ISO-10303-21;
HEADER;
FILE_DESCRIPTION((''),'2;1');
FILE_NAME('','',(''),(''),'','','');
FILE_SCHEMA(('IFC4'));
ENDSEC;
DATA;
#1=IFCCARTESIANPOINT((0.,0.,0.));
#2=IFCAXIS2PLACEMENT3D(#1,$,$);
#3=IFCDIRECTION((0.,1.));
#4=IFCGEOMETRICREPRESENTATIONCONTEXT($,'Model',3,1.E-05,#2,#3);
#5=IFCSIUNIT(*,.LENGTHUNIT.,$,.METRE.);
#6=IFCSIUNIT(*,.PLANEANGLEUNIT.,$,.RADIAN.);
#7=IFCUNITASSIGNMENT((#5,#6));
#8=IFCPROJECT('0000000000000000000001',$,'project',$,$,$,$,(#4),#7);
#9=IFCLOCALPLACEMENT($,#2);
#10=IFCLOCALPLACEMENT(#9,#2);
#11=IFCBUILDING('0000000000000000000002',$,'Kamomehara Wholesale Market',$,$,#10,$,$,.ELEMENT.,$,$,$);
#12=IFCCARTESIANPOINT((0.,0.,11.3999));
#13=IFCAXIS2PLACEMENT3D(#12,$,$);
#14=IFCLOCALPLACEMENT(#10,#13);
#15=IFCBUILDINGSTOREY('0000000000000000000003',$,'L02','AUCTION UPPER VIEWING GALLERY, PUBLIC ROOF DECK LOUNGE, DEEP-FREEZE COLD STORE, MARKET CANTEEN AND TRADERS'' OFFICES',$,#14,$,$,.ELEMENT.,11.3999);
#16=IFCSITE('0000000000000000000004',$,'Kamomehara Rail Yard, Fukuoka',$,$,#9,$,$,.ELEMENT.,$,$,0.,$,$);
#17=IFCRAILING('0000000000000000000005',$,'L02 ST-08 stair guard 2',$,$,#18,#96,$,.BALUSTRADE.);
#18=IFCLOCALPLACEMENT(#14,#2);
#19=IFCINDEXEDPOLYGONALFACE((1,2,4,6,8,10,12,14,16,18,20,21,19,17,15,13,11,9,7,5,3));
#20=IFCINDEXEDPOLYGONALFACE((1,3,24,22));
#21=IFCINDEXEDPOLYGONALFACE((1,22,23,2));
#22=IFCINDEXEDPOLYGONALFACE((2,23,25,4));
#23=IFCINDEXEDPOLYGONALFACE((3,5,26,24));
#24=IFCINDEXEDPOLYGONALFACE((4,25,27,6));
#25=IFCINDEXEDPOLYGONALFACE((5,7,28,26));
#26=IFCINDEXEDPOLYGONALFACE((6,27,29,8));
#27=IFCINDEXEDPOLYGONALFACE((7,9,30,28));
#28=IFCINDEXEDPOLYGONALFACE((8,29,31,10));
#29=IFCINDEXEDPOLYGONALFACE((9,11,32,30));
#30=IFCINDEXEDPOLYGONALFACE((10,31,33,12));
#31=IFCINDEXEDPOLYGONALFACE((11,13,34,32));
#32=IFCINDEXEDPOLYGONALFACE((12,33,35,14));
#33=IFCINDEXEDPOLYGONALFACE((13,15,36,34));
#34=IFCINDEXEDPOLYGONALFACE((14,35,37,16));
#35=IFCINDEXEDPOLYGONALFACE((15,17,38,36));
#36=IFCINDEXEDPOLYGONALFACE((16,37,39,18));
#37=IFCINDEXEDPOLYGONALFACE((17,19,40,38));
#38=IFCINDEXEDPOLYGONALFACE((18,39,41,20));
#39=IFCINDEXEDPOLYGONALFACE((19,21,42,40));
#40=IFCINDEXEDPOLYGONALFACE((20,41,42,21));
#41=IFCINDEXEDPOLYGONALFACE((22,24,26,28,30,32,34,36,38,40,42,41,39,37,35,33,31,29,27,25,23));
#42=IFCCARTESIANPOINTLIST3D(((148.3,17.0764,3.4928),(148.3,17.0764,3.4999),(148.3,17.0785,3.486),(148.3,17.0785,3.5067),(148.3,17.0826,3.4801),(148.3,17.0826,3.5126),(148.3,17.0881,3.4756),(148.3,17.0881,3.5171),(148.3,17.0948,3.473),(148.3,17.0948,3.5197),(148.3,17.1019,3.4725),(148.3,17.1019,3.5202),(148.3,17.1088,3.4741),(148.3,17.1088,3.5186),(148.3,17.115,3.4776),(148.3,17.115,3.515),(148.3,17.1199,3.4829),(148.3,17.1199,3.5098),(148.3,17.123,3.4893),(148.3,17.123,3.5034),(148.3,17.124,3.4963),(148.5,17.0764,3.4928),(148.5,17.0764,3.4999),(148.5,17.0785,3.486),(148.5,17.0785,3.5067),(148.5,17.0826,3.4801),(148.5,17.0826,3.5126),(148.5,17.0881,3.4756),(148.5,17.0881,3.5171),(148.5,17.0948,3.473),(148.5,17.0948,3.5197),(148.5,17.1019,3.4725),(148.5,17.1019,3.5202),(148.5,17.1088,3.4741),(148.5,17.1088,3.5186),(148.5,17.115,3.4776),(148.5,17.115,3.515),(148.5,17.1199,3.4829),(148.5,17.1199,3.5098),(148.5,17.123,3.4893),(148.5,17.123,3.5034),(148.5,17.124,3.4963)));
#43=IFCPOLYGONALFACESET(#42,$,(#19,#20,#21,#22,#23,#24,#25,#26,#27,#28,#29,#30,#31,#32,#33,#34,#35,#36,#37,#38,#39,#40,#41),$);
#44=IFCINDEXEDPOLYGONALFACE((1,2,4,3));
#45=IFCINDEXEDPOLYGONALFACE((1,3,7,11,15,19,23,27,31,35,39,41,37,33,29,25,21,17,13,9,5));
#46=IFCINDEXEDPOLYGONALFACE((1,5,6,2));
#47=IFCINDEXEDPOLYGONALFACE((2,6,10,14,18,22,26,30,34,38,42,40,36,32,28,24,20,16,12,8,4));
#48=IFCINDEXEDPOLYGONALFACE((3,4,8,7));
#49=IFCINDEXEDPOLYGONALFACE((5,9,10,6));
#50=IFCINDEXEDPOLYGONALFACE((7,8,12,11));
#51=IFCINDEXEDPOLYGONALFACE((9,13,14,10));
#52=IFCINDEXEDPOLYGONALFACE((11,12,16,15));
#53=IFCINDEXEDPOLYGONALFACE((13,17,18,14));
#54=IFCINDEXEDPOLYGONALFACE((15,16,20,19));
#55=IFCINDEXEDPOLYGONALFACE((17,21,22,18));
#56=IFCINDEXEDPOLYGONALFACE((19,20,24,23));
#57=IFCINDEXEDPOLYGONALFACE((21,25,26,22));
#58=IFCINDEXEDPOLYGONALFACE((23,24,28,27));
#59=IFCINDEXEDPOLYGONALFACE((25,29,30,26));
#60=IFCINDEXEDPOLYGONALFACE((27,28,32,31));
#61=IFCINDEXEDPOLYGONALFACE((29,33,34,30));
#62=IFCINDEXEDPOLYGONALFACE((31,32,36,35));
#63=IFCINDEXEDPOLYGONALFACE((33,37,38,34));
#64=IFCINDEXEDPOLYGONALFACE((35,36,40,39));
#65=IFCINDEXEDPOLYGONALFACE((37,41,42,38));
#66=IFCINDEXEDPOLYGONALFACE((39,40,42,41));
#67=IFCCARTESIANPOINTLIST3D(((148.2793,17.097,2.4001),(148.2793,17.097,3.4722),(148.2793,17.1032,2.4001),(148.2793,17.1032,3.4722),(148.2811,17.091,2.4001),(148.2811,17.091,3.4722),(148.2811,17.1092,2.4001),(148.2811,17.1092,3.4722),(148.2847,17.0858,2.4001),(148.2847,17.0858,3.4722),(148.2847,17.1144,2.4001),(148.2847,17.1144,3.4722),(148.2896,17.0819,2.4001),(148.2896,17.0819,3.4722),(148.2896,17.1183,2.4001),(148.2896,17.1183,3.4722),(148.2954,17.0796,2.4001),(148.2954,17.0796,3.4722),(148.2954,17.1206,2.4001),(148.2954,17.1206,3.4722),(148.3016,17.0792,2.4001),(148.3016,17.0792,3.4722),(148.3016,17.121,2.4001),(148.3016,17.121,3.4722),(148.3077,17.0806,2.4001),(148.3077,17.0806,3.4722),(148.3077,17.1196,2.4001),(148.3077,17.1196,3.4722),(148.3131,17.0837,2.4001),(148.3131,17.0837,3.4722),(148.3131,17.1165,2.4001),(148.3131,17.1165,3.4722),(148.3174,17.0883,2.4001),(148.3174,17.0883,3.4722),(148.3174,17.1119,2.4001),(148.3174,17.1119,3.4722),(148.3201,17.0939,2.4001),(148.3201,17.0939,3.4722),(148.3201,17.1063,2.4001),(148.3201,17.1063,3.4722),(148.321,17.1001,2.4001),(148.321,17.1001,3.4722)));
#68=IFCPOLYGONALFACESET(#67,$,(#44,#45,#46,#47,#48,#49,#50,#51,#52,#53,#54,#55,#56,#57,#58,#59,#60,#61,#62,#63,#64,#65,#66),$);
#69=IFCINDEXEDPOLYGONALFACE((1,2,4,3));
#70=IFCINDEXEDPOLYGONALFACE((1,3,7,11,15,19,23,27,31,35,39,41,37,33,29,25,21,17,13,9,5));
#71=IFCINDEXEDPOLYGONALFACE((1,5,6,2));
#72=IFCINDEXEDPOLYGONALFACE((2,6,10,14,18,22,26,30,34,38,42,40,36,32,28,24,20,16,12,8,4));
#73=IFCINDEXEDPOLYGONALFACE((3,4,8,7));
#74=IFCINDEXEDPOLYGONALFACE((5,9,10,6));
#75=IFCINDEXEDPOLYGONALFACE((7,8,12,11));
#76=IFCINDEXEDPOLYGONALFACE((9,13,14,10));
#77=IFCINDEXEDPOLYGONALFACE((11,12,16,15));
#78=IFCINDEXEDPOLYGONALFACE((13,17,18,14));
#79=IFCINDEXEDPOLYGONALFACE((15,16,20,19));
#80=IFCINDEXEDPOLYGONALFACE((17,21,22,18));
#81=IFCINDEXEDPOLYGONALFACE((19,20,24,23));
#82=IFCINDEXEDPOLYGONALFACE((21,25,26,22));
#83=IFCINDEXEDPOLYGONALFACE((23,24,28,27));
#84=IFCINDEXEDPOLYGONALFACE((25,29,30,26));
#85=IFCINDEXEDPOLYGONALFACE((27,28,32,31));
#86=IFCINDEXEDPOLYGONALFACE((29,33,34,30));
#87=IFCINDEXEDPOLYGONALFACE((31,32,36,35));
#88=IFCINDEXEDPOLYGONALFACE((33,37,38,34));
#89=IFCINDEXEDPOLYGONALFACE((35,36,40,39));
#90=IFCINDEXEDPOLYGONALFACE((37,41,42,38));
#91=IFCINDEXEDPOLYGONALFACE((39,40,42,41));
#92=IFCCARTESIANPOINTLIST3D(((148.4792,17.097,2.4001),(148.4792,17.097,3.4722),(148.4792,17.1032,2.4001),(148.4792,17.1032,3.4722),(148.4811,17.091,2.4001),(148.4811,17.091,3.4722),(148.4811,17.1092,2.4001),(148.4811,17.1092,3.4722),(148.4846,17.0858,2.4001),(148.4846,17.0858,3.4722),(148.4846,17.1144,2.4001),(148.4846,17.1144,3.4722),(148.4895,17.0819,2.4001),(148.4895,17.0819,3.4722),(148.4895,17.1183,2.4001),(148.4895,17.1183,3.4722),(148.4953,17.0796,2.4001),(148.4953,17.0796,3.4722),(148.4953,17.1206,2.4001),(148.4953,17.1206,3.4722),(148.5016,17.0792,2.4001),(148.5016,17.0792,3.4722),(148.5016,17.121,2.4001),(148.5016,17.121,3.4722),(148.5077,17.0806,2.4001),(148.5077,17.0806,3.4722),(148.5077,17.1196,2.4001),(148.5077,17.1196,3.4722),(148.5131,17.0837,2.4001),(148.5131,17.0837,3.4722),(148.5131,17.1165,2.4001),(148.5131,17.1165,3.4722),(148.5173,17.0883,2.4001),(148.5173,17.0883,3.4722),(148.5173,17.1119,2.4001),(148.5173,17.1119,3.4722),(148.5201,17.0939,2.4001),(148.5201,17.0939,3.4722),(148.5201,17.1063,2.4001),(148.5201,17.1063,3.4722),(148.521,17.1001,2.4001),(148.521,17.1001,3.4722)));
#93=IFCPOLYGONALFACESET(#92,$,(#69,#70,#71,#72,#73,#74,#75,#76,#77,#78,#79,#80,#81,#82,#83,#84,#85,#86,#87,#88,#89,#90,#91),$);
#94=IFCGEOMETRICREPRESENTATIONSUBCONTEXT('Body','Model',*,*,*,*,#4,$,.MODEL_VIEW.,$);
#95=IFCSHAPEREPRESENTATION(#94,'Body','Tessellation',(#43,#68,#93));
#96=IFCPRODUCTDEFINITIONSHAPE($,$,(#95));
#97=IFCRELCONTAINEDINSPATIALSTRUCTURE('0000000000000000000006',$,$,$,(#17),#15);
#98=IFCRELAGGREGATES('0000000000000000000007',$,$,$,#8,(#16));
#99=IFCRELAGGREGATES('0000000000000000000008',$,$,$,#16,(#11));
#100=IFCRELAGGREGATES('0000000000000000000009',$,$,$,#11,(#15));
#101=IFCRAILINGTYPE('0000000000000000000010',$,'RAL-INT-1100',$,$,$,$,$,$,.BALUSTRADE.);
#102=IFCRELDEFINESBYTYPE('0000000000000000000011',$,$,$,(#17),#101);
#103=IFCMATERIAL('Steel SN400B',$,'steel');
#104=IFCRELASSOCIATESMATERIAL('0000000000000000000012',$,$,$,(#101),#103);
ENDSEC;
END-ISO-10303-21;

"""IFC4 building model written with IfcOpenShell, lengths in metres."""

from ifc_helpers import new_model, si_unit, direction, frame, origin, origin_2d, place, context, subcontext, project, spatial, circle, extrude, material, type_object, element, save


model = new_model("IFC4")

# Units and contexts
model_context = context("Model", 3, precision=1e-05, world=origin(), true_north=direction((0.0, 1.0)))
body_context = subcontext(model_context, "Body", "Model", "MODEL_VIEW")
ifc_project = project(units=[si_unit("LENGTHUNIT", "METRE"), si_unit("PLANEANGLEUNIT", "RADIAN")], contexts=[model_context])

# Site, building, storey
site_placement = place(None, origin())
site = spatial("IfcSite", under=ifc_project, at=site_placement, Name="Kamomehara Rail Yard, Fukuoka", CompositionType="ELEMENT", RefElevation=0.0)
building_placement = place(site_placement, origin())
building = spatial("IfcBuilding", under=site, at=building_placement, Name="Kamomehara Wholesale Market", CompositionType="ELEMENT")
storey_placement = place(building_placement, frame((0.0, 0.0, 11.3999)))
storey = spatial("IfcBuildingStorey", under=building, at=storey_placement, Name="L02", Description="AUCTION UPPER VIEWING GALLERY, PUBLIC ROOF DECK LOUNGE, DEEP-FREEZE COLD STORE, MARKET CANTEEN AND TRADERS' OFFICES", CompositionType="ELEMENT", Elevation=11.3999)

# Railing
ifc_material_1 = material(Name="Steel SN400B", Category="steel")
railing_type_1 = type_object("IfcRailingType", Name="RAL-INT-1100", PredefinedType="BALUSTRADE", material=ifc_material_1)
railing_1_placement = place(storey_placement, frame((148.3, 17.1001, 2.4001)))
element("IfcRailing", 1, at=railing_1_placement, inside=storey, type_object=railing_type_1, Name="L02 ST-08 stair guard 2", PredefinedType="BALUSTRADE", context=body_context, shape_type="SweptSolid", body=[
    extrude(circle(Radius=0.0239, at=origin_2d()), frame((0.0, 0.0, 1.0962), z_axis=(1.0, 0.0, 0.0), x_axis=(0.0, 1.0, 0.0)), (0.0, 0.0, 1.0), 0.2),
    extrude(circle(Radius=0.021, at=origin_2d()), origin(), (0.0, 0.0, 1.0), 1.072),
    extrude(circle(Radius=0.021, at=origin_2d()), frame((0.2, 0.0, 0.0)), (0.0, 0.0, 1.0), 1.072),
])

save(model, "model.ifc")
